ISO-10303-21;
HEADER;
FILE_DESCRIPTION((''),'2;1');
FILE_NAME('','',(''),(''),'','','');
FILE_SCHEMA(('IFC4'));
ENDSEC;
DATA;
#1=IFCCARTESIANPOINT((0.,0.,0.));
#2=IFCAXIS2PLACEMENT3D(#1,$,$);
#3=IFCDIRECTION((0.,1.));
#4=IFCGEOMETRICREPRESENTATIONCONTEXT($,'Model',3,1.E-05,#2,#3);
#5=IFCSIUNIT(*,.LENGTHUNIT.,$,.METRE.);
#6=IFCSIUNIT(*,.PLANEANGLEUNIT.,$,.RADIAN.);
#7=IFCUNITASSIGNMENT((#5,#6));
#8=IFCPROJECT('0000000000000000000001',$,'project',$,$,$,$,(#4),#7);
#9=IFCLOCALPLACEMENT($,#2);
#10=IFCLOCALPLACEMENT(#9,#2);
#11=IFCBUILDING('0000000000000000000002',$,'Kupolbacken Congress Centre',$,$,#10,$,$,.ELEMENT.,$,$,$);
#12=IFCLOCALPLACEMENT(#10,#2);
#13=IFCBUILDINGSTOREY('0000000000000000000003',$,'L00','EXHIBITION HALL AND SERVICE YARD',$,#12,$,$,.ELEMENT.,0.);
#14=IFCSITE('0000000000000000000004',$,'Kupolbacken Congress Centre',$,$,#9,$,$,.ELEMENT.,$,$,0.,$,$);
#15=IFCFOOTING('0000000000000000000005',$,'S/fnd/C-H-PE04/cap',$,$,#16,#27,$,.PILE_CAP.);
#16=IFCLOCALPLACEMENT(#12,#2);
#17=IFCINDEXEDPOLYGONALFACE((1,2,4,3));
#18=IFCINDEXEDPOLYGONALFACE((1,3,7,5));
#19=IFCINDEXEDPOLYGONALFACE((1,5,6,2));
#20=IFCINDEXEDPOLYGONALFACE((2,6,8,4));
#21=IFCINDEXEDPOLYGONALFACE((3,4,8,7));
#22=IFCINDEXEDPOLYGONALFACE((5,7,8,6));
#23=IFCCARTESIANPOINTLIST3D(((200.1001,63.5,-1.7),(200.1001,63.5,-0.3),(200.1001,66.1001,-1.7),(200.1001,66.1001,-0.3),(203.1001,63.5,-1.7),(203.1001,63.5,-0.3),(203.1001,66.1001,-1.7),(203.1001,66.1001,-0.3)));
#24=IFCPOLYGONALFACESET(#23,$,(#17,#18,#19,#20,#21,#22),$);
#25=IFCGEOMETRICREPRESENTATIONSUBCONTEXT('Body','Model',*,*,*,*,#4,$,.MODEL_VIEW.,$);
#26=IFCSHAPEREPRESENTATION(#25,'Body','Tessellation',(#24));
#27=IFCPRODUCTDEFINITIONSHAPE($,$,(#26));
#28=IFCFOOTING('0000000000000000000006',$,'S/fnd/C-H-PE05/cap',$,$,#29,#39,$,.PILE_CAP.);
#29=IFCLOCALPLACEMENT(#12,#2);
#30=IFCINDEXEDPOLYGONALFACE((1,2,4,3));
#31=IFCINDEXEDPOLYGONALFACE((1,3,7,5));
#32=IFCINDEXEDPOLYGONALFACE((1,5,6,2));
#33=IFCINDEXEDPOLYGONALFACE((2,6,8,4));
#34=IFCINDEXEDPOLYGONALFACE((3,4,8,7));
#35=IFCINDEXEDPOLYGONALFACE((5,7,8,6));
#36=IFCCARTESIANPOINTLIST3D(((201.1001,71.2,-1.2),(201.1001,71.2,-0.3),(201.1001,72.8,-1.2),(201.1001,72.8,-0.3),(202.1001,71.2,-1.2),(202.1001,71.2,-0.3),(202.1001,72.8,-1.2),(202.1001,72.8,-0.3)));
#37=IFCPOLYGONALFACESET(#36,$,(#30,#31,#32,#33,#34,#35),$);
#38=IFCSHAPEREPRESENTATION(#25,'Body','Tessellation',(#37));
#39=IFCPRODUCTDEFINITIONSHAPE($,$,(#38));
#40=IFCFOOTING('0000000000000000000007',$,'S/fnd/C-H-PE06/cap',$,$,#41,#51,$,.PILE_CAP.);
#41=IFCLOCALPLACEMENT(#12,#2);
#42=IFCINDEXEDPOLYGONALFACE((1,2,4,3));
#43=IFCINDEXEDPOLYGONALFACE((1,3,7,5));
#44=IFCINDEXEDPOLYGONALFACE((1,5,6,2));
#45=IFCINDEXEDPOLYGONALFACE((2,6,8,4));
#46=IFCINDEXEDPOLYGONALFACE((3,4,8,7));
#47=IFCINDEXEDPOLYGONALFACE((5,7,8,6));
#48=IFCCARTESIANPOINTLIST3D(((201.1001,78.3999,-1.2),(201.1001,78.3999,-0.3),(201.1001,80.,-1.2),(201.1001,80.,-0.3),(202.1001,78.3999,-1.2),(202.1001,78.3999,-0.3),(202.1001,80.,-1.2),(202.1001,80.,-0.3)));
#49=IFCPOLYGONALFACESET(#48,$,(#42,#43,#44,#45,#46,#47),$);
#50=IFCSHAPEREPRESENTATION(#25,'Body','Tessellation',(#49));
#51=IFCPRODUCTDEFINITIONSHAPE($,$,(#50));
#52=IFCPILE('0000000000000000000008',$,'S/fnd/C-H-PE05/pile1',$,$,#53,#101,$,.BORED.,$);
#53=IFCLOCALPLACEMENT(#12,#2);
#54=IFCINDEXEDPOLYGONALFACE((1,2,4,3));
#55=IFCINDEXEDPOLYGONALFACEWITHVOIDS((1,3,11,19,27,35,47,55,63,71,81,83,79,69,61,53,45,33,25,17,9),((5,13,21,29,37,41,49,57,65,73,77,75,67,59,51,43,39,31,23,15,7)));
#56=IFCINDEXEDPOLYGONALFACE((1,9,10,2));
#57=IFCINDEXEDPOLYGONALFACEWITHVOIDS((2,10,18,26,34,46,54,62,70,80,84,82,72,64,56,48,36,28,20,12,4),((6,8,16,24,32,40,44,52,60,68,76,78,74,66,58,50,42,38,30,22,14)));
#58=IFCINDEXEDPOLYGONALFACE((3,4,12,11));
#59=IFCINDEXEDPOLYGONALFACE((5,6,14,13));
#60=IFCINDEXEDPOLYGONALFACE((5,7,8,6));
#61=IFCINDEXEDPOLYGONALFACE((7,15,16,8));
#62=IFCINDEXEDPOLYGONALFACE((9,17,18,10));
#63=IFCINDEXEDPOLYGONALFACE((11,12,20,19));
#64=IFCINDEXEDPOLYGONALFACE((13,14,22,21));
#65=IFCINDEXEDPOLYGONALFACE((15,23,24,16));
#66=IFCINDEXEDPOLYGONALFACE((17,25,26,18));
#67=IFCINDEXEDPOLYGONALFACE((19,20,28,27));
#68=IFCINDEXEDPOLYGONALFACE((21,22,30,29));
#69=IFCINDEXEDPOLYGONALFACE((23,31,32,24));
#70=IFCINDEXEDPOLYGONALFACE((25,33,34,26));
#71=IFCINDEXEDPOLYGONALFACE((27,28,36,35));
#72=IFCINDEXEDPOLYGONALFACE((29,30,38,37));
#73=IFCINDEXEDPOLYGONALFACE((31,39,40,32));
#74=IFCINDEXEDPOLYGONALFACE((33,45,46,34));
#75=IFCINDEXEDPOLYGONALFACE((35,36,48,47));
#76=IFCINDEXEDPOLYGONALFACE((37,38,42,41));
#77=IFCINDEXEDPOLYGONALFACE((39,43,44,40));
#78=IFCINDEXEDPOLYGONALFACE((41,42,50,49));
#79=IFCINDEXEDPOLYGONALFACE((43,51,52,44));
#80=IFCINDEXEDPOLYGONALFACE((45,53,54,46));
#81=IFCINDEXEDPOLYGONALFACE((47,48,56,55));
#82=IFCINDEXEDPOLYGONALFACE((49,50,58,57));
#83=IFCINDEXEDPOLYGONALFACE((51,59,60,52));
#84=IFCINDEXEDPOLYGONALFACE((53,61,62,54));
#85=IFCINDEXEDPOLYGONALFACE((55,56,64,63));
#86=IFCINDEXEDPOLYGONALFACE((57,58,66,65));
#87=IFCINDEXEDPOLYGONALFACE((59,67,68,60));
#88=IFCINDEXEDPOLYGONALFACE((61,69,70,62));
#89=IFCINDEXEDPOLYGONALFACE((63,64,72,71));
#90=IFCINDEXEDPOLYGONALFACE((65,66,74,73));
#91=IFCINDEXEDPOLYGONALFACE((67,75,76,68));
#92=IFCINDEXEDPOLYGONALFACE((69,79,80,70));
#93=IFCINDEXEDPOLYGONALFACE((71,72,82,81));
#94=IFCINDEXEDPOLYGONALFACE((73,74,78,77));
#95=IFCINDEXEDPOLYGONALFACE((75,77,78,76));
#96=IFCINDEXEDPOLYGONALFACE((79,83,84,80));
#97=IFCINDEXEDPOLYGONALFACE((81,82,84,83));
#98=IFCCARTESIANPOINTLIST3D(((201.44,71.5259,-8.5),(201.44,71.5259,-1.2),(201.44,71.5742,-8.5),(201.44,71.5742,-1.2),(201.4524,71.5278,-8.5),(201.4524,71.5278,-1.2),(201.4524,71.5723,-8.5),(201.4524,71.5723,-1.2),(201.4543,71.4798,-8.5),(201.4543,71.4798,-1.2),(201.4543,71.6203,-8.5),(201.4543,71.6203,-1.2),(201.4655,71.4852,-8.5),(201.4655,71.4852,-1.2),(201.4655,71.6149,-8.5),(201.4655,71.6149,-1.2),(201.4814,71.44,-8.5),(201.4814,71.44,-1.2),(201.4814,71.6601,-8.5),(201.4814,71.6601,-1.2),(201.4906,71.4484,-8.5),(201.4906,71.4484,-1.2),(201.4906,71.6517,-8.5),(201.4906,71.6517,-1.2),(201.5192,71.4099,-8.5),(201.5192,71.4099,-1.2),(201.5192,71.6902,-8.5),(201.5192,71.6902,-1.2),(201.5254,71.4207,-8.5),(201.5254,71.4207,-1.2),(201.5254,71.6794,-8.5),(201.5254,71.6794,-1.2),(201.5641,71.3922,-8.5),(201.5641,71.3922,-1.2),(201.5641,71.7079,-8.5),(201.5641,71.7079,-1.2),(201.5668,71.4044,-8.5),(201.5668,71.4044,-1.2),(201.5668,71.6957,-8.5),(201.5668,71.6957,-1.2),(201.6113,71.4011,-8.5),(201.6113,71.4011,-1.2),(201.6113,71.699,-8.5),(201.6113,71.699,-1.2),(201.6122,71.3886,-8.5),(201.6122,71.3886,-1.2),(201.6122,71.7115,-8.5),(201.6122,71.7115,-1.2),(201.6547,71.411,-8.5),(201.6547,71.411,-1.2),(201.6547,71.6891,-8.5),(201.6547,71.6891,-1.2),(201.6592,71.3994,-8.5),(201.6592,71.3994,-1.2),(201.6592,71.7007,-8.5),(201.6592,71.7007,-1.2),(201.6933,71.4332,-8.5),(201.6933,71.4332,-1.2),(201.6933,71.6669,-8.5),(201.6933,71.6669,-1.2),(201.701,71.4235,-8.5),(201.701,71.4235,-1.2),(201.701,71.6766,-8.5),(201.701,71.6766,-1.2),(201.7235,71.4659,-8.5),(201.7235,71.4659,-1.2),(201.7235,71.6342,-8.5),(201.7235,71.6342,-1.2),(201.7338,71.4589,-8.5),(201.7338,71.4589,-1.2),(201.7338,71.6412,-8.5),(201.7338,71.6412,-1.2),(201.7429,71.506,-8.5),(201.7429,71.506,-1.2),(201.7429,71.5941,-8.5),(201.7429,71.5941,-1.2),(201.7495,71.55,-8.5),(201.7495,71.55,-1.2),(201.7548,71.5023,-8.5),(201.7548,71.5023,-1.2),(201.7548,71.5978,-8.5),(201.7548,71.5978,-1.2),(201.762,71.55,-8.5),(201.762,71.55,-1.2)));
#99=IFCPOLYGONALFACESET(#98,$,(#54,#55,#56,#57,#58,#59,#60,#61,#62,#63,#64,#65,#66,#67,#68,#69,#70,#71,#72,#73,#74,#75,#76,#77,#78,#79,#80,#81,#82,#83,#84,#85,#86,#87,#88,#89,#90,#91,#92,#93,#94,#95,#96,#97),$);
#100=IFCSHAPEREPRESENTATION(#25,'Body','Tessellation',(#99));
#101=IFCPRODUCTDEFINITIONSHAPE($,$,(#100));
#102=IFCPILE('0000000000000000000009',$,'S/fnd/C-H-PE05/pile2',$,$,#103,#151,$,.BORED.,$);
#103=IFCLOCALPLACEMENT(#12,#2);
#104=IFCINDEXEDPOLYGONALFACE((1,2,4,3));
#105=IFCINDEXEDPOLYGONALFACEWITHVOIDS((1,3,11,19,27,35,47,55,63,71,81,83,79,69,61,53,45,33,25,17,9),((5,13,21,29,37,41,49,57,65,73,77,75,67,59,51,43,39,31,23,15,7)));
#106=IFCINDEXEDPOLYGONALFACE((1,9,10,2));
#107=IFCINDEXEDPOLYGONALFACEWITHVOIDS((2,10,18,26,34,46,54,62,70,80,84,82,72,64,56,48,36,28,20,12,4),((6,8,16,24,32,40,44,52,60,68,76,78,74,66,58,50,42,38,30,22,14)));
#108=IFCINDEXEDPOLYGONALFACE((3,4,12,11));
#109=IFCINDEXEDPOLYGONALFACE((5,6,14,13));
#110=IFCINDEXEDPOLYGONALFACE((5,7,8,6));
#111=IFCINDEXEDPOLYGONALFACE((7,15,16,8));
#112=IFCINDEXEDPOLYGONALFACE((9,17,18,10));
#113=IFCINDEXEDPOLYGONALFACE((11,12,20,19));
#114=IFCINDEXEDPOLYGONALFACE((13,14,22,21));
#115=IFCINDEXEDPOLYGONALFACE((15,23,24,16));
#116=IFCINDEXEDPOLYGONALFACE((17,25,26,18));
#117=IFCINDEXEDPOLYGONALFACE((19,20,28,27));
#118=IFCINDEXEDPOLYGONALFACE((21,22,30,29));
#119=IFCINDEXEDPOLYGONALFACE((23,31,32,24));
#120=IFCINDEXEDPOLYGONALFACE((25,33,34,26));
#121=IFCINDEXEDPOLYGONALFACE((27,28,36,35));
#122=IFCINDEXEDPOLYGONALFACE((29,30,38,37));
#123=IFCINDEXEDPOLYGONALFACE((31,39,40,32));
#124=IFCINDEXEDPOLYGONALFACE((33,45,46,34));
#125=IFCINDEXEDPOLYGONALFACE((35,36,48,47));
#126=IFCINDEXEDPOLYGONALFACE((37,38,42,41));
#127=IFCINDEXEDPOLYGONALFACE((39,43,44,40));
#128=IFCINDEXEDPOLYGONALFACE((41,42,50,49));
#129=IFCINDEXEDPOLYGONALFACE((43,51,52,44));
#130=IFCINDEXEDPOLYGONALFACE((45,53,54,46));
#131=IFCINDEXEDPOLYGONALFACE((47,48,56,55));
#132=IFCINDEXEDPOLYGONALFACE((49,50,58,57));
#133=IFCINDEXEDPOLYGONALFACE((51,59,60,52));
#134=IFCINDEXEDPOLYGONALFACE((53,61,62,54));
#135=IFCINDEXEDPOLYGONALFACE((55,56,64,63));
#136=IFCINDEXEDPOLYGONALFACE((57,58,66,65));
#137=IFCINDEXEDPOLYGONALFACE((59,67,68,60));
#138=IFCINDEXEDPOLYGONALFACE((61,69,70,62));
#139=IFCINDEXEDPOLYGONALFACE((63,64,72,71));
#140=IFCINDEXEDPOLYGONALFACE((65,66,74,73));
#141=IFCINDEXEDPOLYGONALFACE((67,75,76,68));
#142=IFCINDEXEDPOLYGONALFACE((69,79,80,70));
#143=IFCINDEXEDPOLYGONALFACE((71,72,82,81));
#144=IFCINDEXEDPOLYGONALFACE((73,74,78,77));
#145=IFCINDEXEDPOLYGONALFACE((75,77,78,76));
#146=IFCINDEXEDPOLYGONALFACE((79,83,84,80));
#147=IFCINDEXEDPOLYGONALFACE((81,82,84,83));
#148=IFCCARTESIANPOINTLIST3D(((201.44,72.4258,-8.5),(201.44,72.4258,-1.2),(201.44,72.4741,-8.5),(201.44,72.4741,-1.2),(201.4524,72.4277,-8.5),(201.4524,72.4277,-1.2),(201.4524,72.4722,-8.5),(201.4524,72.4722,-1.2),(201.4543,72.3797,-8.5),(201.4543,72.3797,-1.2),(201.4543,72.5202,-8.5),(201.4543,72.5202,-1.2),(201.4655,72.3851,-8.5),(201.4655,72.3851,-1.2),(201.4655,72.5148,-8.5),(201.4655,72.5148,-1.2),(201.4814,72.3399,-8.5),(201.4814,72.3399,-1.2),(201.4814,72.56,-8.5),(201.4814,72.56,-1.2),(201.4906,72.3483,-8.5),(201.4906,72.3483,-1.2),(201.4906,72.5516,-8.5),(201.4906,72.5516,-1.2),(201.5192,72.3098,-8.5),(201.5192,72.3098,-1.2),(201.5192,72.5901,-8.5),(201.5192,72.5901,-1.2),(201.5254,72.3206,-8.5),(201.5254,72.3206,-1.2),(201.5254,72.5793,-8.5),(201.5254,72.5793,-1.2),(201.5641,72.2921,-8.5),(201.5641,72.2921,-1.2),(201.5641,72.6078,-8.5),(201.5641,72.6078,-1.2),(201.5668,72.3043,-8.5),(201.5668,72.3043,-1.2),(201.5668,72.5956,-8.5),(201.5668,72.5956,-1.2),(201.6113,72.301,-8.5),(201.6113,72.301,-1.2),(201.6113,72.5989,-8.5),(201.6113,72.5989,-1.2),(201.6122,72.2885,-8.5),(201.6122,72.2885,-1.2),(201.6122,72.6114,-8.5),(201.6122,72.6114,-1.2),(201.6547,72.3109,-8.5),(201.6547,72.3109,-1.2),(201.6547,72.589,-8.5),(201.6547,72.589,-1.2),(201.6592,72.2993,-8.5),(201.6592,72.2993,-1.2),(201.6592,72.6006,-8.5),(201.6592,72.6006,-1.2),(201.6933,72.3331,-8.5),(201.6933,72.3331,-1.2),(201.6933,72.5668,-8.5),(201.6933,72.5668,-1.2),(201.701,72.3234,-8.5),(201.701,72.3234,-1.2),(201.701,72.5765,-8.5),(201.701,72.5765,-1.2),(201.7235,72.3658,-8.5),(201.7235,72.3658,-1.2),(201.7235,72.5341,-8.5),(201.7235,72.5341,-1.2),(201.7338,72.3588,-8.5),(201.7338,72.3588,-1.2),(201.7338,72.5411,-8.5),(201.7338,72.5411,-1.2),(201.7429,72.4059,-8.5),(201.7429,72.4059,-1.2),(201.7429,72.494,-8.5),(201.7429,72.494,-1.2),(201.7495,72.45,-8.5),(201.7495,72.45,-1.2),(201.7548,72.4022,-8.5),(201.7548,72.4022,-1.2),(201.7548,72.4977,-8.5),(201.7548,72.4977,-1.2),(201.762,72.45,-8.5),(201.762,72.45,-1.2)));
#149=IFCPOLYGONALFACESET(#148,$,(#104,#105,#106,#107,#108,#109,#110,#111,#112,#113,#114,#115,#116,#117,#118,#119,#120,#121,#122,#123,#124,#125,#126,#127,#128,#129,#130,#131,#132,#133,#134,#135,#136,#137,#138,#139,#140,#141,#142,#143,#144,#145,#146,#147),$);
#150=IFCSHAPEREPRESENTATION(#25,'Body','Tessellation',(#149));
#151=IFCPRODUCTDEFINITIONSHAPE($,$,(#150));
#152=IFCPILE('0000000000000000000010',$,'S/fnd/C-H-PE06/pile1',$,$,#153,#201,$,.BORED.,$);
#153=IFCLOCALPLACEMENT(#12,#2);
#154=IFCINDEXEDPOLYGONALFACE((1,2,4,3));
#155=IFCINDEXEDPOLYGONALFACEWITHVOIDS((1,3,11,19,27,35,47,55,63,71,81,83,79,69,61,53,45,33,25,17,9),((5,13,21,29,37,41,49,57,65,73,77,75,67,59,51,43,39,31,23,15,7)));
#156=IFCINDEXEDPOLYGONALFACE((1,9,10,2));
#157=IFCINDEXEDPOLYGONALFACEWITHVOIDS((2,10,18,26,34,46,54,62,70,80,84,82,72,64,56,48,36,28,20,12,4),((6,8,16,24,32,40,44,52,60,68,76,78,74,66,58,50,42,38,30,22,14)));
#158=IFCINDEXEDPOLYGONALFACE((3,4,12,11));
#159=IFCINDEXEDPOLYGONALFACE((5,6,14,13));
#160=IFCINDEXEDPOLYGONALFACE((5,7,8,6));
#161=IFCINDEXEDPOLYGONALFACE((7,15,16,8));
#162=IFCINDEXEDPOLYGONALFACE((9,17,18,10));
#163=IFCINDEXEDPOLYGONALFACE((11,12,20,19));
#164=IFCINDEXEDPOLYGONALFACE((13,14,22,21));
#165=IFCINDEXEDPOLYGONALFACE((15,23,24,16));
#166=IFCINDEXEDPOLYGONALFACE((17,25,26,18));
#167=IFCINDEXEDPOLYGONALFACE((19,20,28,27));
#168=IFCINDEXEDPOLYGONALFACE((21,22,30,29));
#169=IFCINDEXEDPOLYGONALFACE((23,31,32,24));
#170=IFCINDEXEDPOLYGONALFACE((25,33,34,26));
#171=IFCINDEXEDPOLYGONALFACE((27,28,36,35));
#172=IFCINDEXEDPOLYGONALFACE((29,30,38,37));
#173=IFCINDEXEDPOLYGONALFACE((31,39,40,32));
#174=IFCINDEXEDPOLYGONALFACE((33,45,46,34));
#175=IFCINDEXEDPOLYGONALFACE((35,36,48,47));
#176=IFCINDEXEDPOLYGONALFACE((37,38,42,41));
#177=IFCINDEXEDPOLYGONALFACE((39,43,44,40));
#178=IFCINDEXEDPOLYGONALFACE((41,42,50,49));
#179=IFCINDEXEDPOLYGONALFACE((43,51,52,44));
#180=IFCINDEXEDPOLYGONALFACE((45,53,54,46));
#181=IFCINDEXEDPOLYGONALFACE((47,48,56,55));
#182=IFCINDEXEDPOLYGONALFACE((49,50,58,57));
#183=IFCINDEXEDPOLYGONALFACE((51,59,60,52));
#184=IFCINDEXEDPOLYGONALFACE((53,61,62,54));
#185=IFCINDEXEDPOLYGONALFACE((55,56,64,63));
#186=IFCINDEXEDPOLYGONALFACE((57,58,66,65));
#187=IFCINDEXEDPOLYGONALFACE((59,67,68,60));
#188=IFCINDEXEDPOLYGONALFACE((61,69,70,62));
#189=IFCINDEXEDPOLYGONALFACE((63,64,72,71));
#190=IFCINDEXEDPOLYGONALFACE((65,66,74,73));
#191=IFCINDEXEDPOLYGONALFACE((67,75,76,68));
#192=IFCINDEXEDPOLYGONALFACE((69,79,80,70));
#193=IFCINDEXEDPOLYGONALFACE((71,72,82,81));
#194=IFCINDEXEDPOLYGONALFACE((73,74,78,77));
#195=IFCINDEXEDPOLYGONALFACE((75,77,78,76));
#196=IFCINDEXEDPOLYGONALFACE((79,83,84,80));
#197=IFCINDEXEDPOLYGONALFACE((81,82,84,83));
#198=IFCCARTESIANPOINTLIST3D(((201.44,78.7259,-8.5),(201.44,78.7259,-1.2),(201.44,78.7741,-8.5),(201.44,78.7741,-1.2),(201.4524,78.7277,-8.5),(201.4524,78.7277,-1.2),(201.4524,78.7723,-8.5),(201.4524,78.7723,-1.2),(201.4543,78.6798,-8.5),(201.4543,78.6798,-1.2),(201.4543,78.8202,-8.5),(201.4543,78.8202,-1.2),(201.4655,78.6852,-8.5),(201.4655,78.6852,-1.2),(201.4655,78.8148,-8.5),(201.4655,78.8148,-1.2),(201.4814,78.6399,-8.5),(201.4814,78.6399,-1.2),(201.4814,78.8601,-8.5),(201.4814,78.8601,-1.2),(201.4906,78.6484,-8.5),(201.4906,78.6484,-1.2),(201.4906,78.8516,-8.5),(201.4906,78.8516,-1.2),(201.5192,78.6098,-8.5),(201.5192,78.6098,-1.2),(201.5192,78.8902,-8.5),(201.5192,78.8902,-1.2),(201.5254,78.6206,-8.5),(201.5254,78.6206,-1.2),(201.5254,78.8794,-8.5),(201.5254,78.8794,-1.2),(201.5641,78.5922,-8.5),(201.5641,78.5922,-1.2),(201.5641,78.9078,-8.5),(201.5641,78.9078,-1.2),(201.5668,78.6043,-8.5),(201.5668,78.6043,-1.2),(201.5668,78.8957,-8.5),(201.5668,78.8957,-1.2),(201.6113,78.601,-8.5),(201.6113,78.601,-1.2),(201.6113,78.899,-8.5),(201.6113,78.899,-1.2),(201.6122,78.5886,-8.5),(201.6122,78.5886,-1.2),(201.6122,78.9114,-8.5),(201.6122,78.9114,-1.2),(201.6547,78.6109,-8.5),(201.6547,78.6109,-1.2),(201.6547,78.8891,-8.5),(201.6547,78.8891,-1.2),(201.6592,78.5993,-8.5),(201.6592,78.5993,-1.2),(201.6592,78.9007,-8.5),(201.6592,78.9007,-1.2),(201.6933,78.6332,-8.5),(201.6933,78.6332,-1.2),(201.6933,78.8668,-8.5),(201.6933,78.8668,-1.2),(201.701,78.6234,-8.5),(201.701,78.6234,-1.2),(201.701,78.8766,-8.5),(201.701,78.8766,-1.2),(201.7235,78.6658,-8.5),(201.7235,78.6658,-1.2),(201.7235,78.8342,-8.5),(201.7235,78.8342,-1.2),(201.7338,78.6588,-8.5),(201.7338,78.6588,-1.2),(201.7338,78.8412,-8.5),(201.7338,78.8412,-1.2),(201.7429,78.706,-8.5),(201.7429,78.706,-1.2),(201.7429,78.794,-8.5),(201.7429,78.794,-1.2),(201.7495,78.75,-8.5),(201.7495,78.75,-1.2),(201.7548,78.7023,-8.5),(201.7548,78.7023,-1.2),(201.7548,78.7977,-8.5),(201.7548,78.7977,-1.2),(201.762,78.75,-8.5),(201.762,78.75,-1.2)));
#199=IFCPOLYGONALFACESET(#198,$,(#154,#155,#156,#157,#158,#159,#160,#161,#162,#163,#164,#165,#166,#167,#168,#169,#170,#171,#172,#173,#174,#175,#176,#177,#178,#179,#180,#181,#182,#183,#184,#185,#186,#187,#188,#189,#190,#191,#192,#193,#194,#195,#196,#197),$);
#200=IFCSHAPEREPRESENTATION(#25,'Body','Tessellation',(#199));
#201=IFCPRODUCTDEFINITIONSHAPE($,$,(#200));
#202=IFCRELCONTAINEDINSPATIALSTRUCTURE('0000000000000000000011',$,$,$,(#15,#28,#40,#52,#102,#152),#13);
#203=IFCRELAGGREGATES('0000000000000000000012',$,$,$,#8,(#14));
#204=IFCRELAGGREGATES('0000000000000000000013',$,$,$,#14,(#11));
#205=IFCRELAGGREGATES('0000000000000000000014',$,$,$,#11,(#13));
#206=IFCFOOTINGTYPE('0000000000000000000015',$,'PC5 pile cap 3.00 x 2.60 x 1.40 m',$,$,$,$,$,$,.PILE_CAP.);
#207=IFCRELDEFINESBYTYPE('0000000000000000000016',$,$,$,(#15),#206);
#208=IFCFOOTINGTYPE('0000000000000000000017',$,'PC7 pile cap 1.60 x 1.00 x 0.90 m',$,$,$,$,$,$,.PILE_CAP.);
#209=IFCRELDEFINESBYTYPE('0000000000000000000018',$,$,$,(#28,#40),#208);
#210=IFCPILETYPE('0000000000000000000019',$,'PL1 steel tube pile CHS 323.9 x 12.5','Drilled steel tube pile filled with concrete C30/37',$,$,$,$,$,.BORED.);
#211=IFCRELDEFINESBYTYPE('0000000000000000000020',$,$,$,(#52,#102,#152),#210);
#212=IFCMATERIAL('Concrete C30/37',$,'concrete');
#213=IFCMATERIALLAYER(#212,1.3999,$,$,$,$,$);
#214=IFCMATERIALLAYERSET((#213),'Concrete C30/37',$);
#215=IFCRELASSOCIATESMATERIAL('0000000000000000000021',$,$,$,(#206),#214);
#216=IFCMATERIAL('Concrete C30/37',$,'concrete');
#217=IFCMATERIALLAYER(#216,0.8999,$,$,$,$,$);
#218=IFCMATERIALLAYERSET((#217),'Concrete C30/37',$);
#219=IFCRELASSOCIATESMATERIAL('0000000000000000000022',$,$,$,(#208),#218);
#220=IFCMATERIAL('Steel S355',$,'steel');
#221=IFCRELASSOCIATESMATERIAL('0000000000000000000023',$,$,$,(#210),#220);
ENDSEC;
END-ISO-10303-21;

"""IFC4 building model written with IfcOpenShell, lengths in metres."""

from ifc_helpers import new_model, si_unit, direction, frame, origin, origin_2d, place, context, subcontext, project, spatial, rectangle, hollow_circle, extrude, material, layer, layer_set, material_profile, profile_set, type_object, element, save


model = new_model("IFC4")

# Units and contexts
model_context = context("Model", 3, precision=1e-05, world=origin(), true_north=direction((0.0, 1.0)))
body_context = subcontext(model_context, "Body", "Model", "MODEL_VIEW")
ifc_project = project(units=[si_unit("LENGTHUNIT", "METRE"), si_unit("PLANEANGLEUNIT", "RADIAN")], contexts=[model_context])

# Site, building, storey
site_placement = place(None, origin())
site = spatial("IfcSite", under=ifc_project, at=site_placement, Name="Kupolbacken Congress Centre", CompositionType="ELEMENT", RefElevation=0.0)
building_placement = place(site_placement, origin())
building = spatial("IfcBuilding", under=site, at=building_placement, Name="Kupolbacken Congress Centre", CompositionType="ELEMENT")
storey_placement = place(building_placement, origin())
storey = spatial("IfcBuildingStorey", under=building, at=storey_placement, Name="L00", Description="EXHIBITION HALL AND SERVICE YARD", CompositionType="ELEMENT", Elevation=0.0)

# Footings
ifc_material_1 = material(Name="Concrete C30/37", Category="concrete")
ifc_layer_1 = layer(ifc_material_1, 1.3999)
ifc_layer_set_1 = layer_set([ifc_layer_1], Name="Concrete C30/37")
footing_type_1 = type_object("IfcFootingType", Name="PC5 pile cap 3.00 x 2.60 x 1.40 m", PredefinedType="PILE_CAP", material=ifc_layer_set_1)
footing_1_placement = place(storey_placement, frame((201.6001, 64.8, -1.7), z_axis=(0.0, 0.0, 1.0), x_axis=(1.0, 0.0, 0.0)))
element("IfcFooting", 1, at=footing_1_placement, inside=storey, type_object=footing_type_1, Name="S/fnd/C-H-PE04/cap", PredefinedType="PILE_CAP", context=body_context, shape_type="SweptSolid", body=[
    extrude(rectangle(XDim=3.0, YDim=2.6001, at=origin_2d()), origin(), (0.0, 0.0, 1.0), 1.3999),
])
ifc_material_2 = material(Name="Concrete C30/37", Category="concrete")
ifc_layer_2 = layer(ifc_material_2, 0.8999)
ifc_layer_set_2 = layer_set([ifc_layer_2], Name="Concrete C30/37")
footing_type_2 = type_object("IfcFootingType", Name="PC7 pile cap 1.60 x 1.00 x 0.90 m", PredefinedType="PILE_CAP", material=ifc_layer_set_2)
for number, where, z_axis, x_axis, name in (
    (2, (201.6001, 72.0, -1.2), (0.0, 0.0, 1.0), (1.0, 0.0, 0.0), "S/fnd/C-H-PE05/cap"),
    (3, (201.6001, 79.2, -1.2), (0.0, 0.0, 1.0), (1.0, 0.0, 0.0), "S/fnd/C-H-PE06/cap"),
):
    element("IfcFooting", number, at=place(storey_placement, frame(where, z_axis=z_axis, x_axis=x_axis)), inside=storey, type_object=footing_type_2, Name=name, PredefinedType="PILE_CAP", context=body_context, shape_type="SweptSolid", body=[
        extrude(rectangle(XDim=1.0, YDim=1.6001, at=origin_2d()), origin(), (0.0, 0.0, 1.0), 0.8999),
    ])

# Piles
ifc_material_3 = material(Name="Steel S355", Category="steel")
ifc_material_profile_1 = material_profile(ifc_material_3, hollow_circle(Radius=0.1619, WallThickness=0.0125, at=origin_2d()), Name="CHS 323.9 x 12.5")
ifc_profile_set_1 = profile_set([ifc_material_profile_1], Name="Steel S355")
pile_type_1 = type_object("IfcPileType", Name="PL1 steel tube pile CHS 323.9 x 12.5", Description="Drilled steel tube pile filled with concrete C30/37", PredefinedType="BORED", material=ifc_profile_set_1)
for number, where, z_axis, x_axis, name in (
    (4, (201.6001, 71.55, -1.2), (0.0, 0.0, -1.0), (1.0, 0.0, 0.0), "S/fnd/C-H-PE05/pile1"),
    (5, (201.6001, 72.45, -1.2), (0.0, 0.0, -1.0), (1.0, 0.0, 0.0), "S/fnd/C-H-PE05/pile2"),
    (6, (201.6001, 78.75, -1.2), (0.0, 0.0, -1.0), (1.0, 0.0, 0.0), "S/fnd/C-H-PE06/pile1"),
):
    element("IfcPile", number, at=place(storey_placement, frame(where, z_axis=z_axis, x_axis=x_axis)), inside=storey, type_object=pile_type_1, Name=name, PredefinedType="BORED", context=body_context, shape_type="SweptSolid", body=[
        extrude(hollow_circle(Radius=0.1619, WallThickness=0.0125, at=origin_2d()), origin(), (0.0, 0.0, 1.0), 7.3),
    ])

save(model, "model.ifc")
